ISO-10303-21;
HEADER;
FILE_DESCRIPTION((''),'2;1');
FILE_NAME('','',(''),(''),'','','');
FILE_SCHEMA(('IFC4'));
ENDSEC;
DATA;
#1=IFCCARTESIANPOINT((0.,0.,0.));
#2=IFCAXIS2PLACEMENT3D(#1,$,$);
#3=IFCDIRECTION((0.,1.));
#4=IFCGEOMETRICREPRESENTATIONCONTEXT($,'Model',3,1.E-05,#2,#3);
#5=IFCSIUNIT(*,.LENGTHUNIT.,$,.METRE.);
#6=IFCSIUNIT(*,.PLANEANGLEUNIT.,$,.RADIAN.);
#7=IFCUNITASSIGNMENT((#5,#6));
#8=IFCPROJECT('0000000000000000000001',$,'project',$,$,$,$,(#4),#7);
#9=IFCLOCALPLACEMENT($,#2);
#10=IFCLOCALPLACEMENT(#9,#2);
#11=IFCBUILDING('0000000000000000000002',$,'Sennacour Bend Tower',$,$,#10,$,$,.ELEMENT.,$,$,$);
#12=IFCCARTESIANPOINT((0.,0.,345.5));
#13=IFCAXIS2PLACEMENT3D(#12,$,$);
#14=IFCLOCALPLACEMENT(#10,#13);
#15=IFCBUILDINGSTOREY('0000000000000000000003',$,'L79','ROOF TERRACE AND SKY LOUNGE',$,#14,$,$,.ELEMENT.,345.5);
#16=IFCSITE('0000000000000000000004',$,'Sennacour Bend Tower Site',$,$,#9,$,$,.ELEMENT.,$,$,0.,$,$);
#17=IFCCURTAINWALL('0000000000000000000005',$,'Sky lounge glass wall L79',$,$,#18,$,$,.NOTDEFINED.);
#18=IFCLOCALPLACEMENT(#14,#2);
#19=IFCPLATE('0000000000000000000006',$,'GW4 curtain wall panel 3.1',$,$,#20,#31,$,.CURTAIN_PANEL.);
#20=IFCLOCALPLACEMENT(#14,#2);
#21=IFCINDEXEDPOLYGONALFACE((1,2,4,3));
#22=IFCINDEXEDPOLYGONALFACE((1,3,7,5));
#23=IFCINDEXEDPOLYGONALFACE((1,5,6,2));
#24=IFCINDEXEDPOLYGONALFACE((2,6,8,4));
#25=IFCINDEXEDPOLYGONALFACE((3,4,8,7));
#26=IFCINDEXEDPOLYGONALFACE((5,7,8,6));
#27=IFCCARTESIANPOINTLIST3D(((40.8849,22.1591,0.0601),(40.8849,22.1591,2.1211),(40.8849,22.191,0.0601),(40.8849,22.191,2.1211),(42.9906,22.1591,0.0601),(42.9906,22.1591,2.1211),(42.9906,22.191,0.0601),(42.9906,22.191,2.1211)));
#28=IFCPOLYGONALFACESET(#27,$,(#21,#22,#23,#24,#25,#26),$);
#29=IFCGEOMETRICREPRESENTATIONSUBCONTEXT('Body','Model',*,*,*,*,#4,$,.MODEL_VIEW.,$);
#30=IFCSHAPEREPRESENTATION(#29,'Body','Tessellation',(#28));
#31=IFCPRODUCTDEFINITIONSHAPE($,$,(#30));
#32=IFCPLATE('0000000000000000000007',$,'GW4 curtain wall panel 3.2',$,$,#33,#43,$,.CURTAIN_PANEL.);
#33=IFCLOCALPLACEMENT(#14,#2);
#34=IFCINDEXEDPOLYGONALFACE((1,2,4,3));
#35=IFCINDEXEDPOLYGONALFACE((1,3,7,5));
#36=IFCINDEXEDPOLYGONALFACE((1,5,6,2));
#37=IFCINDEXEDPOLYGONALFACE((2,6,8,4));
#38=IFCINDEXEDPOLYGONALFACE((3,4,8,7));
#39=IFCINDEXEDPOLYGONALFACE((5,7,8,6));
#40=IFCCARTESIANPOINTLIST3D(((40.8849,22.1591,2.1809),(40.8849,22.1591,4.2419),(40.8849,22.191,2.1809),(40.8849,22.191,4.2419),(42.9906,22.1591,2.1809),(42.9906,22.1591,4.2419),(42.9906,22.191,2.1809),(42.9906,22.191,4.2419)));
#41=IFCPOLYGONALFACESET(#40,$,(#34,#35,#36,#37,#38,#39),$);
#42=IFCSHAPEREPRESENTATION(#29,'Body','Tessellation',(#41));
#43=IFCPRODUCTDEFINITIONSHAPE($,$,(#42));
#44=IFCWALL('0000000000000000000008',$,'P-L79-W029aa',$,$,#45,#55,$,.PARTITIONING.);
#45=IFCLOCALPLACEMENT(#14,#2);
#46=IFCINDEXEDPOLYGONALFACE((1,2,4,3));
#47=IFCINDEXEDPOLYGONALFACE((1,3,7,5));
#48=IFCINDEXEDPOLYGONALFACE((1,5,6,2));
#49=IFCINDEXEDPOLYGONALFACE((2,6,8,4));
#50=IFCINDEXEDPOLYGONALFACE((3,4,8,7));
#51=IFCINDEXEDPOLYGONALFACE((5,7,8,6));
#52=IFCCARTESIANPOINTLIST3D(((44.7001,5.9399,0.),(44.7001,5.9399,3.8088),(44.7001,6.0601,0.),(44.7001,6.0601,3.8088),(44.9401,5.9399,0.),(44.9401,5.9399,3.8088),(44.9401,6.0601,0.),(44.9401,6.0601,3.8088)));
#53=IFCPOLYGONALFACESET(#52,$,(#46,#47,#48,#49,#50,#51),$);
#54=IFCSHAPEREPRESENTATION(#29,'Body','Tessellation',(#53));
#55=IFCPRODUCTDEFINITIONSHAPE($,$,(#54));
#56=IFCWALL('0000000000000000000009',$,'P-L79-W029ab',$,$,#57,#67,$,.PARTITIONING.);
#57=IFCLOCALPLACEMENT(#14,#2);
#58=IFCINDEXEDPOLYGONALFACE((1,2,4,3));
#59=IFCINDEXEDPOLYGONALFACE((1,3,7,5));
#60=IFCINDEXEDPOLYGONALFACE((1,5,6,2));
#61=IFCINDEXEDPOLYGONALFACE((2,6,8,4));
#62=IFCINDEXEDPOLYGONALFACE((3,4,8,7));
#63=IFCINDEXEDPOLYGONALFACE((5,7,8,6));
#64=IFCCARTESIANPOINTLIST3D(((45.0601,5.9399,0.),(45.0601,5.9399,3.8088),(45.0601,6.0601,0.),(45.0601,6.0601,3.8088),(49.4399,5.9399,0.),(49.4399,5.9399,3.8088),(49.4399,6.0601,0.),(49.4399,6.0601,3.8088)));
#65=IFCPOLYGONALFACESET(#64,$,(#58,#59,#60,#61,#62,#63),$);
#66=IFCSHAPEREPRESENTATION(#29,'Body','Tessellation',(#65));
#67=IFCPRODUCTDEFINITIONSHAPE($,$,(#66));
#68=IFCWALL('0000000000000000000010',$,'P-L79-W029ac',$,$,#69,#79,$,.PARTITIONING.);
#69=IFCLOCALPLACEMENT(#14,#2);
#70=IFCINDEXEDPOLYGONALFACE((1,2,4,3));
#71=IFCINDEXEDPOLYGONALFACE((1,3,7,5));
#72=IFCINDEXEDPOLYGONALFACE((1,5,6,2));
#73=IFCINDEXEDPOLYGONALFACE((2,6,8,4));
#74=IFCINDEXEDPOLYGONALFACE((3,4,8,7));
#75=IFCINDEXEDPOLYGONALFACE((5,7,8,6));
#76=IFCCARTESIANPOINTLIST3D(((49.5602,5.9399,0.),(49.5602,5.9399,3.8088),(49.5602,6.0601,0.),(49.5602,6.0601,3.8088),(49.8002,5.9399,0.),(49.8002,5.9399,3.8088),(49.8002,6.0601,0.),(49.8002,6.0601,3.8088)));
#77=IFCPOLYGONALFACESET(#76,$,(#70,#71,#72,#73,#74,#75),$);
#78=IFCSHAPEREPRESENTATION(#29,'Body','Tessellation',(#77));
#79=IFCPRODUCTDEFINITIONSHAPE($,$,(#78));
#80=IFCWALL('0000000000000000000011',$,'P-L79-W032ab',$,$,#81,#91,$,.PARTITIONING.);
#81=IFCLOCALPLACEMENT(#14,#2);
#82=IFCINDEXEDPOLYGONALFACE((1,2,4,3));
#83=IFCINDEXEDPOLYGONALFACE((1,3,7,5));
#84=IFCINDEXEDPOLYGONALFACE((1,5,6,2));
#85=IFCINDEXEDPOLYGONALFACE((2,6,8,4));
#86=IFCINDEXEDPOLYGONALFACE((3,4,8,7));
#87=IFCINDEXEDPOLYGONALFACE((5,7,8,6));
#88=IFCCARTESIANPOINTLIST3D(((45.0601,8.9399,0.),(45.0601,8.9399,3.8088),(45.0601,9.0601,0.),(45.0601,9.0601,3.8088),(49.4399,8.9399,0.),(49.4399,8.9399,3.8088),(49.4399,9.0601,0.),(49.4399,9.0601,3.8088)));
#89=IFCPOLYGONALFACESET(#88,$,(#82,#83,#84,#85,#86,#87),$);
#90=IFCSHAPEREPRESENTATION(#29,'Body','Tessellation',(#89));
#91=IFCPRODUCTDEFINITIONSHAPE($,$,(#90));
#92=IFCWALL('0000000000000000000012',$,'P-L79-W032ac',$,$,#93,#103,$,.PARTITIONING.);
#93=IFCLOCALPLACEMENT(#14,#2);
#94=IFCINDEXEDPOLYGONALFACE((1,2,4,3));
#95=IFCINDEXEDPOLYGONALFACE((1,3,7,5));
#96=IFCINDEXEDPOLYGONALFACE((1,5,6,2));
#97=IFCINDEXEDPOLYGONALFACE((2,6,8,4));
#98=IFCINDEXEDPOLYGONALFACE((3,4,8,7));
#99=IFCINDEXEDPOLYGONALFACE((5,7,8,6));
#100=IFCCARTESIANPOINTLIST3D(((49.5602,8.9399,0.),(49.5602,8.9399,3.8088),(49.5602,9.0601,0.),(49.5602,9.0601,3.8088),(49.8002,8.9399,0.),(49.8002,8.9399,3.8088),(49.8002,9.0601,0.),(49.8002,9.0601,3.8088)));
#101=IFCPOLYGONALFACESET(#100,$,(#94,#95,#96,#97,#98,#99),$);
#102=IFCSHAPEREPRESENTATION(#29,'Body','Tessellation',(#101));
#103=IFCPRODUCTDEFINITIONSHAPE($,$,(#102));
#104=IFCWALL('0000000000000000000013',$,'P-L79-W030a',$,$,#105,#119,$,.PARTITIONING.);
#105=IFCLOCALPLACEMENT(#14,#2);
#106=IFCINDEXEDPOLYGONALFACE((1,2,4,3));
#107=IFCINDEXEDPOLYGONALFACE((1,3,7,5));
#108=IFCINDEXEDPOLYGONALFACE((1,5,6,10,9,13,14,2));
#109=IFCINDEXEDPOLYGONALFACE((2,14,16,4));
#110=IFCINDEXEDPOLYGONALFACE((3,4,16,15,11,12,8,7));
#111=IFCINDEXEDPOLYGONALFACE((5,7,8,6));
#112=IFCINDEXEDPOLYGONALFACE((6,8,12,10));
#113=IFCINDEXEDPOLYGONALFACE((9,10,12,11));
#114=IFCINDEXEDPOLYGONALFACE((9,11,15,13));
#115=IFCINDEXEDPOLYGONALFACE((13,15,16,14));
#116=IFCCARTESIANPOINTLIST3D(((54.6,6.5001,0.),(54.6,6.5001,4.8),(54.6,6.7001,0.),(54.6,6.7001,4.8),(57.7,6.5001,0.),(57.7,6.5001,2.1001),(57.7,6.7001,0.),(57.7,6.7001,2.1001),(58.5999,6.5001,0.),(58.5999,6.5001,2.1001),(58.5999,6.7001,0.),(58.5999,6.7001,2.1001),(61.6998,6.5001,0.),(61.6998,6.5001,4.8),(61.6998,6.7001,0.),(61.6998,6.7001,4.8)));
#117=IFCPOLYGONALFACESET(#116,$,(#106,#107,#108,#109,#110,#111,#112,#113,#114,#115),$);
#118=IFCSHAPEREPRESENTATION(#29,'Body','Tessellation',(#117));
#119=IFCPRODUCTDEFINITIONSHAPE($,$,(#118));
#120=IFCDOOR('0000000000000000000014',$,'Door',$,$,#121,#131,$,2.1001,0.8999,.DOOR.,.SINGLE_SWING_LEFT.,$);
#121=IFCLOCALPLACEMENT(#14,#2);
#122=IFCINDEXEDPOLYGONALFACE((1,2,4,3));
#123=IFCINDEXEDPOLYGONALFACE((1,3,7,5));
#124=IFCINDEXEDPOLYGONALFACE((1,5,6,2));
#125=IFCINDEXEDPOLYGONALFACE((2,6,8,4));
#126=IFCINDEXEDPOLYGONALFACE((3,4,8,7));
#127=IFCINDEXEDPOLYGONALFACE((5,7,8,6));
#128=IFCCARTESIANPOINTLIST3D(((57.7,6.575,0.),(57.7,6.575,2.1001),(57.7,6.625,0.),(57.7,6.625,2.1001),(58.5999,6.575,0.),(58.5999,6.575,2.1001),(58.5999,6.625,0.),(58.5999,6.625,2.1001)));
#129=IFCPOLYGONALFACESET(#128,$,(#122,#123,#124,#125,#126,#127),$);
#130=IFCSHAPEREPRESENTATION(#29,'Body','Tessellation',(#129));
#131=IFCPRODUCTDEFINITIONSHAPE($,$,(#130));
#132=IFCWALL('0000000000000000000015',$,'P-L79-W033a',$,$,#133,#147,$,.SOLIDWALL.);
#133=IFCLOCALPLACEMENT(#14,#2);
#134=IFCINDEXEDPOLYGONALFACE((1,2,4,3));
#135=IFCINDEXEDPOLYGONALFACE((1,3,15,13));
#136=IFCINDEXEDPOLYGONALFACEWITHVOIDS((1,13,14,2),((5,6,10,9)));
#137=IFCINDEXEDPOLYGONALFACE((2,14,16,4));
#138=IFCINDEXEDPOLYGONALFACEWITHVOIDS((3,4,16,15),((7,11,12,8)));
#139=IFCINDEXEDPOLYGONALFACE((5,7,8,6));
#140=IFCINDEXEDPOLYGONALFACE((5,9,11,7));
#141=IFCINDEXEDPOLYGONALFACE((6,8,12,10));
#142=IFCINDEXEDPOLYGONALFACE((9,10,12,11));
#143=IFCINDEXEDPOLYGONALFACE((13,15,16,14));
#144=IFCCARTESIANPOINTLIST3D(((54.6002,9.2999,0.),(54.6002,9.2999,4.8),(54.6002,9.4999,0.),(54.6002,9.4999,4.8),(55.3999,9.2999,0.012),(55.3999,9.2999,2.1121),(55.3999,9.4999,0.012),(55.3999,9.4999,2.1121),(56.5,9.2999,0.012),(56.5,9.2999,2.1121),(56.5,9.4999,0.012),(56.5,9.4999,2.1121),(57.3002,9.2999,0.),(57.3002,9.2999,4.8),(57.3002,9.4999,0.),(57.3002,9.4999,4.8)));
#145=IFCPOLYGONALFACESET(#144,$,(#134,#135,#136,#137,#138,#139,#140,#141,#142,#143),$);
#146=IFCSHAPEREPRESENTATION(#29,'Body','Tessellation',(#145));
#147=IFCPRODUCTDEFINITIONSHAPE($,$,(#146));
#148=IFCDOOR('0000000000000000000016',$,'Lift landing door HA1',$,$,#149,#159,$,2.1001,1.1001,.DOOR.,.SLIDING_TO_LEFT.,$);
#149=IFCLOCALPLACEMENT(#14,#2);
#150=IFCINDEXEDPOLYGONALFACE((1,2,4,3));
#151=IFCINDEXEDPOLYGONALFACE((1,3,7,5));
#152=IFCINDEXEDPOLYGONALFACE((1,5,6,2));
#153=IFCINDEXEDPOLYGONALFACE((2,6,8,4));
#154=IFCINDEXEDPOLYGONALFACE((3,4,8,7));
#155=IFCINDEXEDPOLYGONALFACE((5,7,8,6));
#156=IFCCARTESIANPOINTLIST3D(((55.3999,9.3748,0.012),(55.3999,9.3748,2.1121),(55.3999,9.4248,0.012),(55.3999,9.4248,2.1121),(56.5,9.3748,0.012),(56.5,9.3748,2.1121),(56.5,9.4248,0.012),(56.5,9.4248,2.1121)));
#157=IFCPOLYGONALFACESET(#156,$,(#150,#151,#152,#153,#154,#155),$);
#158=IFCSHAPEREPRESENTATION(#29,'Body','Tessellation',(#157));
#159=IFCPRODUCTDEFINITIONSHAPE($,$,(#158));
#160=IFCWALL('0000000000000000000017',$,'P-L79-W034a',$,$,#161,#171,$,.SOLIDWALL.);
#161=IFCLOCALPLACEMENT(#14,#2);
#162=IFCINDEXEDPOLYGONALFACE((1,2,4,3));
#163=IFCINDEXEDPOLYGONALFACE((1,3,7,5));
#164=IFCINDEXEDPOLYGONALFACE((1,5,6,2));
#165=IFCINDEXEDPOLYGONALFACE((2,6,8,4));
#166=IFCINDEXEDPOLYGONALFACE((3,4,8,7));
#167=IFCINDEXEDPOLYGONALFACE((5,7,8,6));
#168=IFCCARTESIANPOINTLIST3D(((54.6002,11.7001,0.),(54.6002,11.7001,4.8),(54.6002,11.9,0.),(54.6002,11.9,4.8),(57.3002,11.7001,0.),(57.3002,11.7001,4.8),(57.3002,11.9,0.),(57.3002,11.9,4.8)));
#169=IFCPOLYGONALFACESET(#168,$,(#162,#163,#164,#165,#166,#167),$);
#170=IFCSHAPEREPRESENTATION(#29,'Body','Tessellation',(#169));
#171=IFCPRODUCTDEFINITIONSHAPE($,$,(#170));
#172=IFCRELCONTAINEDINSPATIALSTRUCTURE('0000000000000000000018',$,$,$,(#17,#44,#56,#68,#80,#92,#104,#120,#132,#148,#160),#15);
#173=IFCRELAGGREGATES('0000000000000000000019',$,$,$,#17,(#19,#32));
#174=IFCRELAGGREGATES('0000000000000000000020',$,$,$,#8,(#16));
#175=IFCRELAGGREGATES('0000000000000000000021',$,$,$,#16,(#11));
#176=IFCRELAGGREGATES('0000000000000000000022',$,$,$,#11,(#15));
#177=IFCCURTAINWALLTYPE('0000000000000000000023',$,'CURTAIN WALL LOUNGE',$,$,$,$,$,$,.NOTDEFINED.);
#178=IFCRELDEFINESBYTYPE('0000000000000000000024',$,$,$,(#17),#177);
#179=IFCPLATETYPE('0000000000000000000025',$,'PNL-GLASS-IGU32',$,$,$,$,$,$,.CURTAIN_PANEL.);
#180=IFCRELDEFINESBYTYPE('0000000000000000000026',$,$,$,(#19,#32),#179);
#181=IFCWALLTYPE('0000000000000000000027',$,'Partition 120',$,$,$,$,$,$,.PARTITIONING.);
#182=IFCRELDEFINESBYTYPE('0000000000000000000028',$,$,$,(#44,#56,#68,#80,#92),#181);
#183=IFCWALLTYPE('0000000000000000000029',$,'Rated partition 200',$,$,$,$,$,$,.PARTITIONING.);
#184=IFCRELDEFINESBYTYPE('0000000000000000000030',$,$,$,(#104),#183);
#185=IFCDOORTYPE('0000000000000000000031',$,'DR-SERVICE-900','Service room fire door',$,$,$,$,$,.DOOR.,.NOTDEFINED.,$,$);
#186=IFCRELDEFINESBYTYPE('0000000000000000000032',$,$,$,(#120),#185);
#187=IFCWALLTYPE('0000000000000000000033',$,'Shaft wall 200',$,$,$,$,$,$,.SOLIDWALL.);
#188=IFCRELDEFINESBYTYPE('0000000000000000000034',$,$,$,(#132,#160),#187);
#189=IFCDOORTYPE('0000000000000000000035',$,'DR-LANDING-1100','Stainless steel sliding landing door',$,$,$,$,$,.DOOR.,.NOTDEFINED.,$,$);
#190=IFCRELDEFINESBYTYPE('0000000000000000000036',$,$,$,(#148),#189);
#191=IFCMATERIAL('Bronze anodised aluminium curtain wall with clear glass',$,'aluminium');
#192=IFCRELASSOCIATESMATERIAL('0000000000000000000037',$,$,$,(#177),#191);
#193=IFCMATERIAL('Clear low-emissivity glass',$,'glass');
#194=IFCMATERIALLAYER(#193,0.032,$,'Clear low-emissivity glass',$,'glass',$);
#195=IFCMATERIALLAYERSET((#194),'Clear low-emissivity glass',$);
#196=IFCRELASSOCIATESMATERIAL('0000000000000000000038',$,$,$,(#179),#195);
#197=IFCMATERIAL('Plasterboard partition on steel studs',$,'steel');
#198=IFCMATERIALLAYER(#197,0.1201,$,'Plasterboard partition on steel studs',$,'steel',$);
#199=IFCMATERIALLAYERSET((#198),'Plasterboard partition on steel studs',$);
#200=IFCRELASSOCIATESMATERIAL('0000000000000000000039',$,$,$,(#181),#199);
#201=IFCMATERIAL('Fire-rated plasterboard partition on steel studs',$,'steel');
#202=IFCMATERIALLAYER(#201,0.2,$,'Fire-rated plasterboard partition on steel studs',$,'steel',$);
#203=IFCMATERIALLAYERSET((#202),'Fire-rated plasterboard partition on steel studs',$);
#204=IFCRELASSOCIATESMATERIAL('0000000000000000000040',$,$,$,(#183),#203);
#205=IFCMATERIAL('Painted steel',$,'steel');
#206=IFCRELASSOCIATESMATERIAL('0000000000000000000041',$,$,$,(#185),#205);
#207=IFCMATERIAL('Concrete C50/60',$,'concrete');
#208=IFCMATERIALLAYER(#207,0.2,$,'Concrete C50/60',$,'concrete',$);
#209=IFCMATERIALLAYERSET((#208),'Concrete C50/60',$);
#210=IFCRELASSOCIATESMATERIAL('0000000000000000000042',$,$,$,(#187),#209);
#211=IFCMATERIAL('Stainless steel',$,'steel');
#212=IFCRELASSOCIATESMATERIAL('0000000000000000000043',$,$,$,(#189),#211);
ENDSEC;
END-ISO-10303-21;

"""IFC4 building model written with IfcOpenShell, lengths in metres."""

from ifc_helpers import new_model, si_unit, direction, frame, frame_2d, origin, origin_2d, place, context, subcontext, project, spatial, rectangle, extrude, material, layer, layer_set, type_object, element, fill, aggregate, save


model = new_model("IFC4")

# Units and contexts
model_context = context("Model", 3, precision=1e-05, world=origin(), true_north=direction((0.0, 1.0)))
body_context = subcontext(model_context, "Body", "Model", "MODEL_VIEW")
ifc_project = project(units=[si_unit("LENGTHUNIT", "METRE"), si_unit("PLANEANGLEUNIT", "RADIAN")], contexts=[model_context])

# Site, building, storey
site_placement = place(None, origin())
site = spatial("IfcSite", under=ifc_project, at=site_placement, Name="Sennacour Bend Tower Site", CompositionType="ELEMENT", RefElevation=0.0)
building_placement = place(site_placement, origin())
building = spatial("IfcBuilding", under=site, at=building_placement, Name="Sennacour Bend Tower", CompositionType="ELEMENT")
storey_placement = place(building_placement, frame((0.0, 0.0, 345.5)))
storey = spatial("IfcBuildingStorey", under=building, at=storey_placement, Name="L79", Description="ROOF TERRACE AND SKY LOUNGE", CompositionType="ELEMENT", Elevation=345.5)

# Curtain wall, plates
ifc_material_1 = material(Name="Bronze anodised aluminium curtain wall with clear glass", Category="aluminium")
curtain_wall_type = type_object("IfcCurtainWallType", Name="CURTAIN WALL LOUNGE", PredefinedType="NOTDEFINED", material=ifc_material_1)
curtain_wall_placement = place(storey_placement, origin())
curtain_wall = element("IfcCurtainWall", 1, at=curtain_wall_placement, inside=storey, type_object=curtain_wall_type, Name="Sky lounge glass wall L79", PredefinedType="NOTDEFINED")
ifc_material_2 = material(Name="Clear low-emissivity glass", Category="glass")
ifc_layer_1 = layer(ifc_material_2, 0.032, Name="Clear low-emissivity glass", Category="glass")
ifc_layer_set_1 = layer_set([ifc_layer_1], Name="Clear low-emissivity glass")
plate_type = type_object("IfcPlateType", Name="PNL-GLASS-IGU32", PredefinedType="CURTAIN_PANEL", material=ifc_layer_set_1)
plate_1_placement = place(storey_placement, frame((41.9377, 22.175, 0.0601), z_axis=(0.0, 0.0, 1.0), x_axis=(-1.0, 0.0, 0.0)))
plate_1 = element("IfcPlate", 2, at=plate_1_placement, type_object=plate_type, Name="GW4 curtain wall panel 3.1", PredefinedType="CURTAIN_PANEL", context=body_context, shape_type="SweptSolid", body=[
    extrude(rectangle(XDim=2.1057, YDim=0.032, at=origin_2d()), origin(), (0.0, 0.0, 1.0), 2.061),
])
plate_2_placement = place(storey_placement, frame((41.9377, 22.175, 2.1809), z_axis=(0.0, 0.0, 1.0), x_axis=(-1.0, 0.0, 0.0)))
plate_2 = element("IfcPlate", 3, at=plate_2_placement, type_object=plate_type, Name="GW4 curtain wall panel 3.2", PredefinedType="CURTAIN_PANEL", context=body_context, shape_type="SweptSolid", body=[
    extrude(rectangle(XDim=2.1057, YDim=0.032, at=origin_2d()), origin(), (0.0, 0.0, 1.0), 2.061),
])
aggregate(curtain_wall, [plate_1, plate_2])

# Walls
ifc_material_3 = material(Name="Plasterboard partition on steel studs", Category="steel")
ifc_layer_2 = layer(ifc_material_3, 0.1201, Name="Plasterboard partition on steel studs", Category="steel")
ifc_layer_set_2 = layer_set([ifc_layer_2], Name="Plasterboard partition on steel studs")
wall_type_1 = type_object("IfcWallType", Name="Partition 120", PredefinedType="PARTITIONING", material=ifc_layer_set_2)
wall_1_placement = place(storey_placement, frame((44.7, 6.0, 0.0), z_axis=(0.0, 0.0, 1.0), x_axis=(1.0, 0.0, 0.0)))
element("IfcWall", 4, at=wall_1_placement, inside=storey, type_object=wall_type_1, Name="P-L79-W029aa", PredefinedType="PARTITIONING", context=body_context, shape_type="SweptSolid", body=[
    extrude(rectangle(XDim=0.24, YDim=0.1201, at=frame_2d((0.1201, 0.0))), origin(), (0.0, 0.0, 1.0), 3.8088),
])
wall_2_placement = place(storey_placement, frame((45.0601, 6.0, 0.0), z_axis=(0.0, 0.0, 1.0), x_axis=(1.0, 0.0, 0.0)))
element("IfcWall", 5, at=wall_2_placement, inside=storey, type_object=wall_type_1, Name="P-L79-W029ab", PredefinedType="PARTITIONING", context=body_context, shape_type="SweptSolid", body=[
    extrude(rectangle(XDim=4.3799, YDim=0.1201, at=frame_2d((2.1899, 0.0))), origin(), (0.0, 0.0, 1.0), 3.8088),
])
wall_3_placement = place(storey_placement, frame((49.5601, 6.0, 0.0), z_axis=(0.0, 0.0, 1.0), x_axis=(1.0, 0.0, 0.0)))
element("IfcWall", 6, at=wall_3_placement, inside=storey, type_object=wall_type_1, Name="P-L79-W029ac", PredefinedType="PARTITIONING", context=body_context, shape_type="SweptSolid", body=[
    extrude(rectangle(XDim=0.24, YDim=0.1201, at=frame_2d((0.1201, 0.0))), origin(), (0.0, 0.0, 1.0), 3.8088),
])
wall_4_placement = place(storey_placement, frame((45.0601, 9.0, 0.0), z_axis=(0.0, 0.0, 1.0), x_axis=(1.0, 0.0, 0.0)))
element("IfcWall", 7, at=wall_4_placement, inside=storey, type_object=wall_type_1, Name="P-L79-W032ab", PredefinedType="PARTITIONING", context=body_context, shape_type="SweptSolid", body=[
    extrude(rectangle(XDim=4.3799, YDim=0.1201, at=frame_2d((2.1899, 0.0))), origin(), (0.0, 0.0, 1.0), 3.8088),
])
wall_5_placement = place(storey_placement, frame((49.5601, 9.0, 0.0), z_axis=(0.0, 0.0, 1.0), x_axis=(1.0, 0.0, 0.0)))
element("IfcWall", 8, at=wall_5_placement, inside=storey, type_object=wall_type_1, Name="P-L79-W032ac", PredefinedType="PARTITIONING", context=body_context, shape_type="SweptSolid", body=[
    extrude(rectangle(XDim=0.24, YDim=0.1201, at=frame_2d((0.1201, 0.0))), origin(), (0.0, 0.0, 1.0), 3.8088),
])

# Walls, openings, doors
ifc_material_4 = material(Name="Fire-rated plasterboard partition on steel studs", Category="steel")
ifc_layer_3 = layer(ifc_material_4, 0.2, Name="Fire-rated plasterboard partition on steel studs", Category="steel")
ifc_layer_set_3 = layer_set([ifc_layer_3], Name="Fire-rated plasterboard partition on steel studs")
wall_type_2 = type_object("IfcWallType", Name="Rated partition 200", PredefinedType="PARTITIONING", material=ifc_layer_set_3)
wall_6_placement = place(storey_placement, frame((54.6001, 6.6001, 0.0), z_axis=(0.0, 0.0, 1.0), x_axis=(1.0, 0.0, 0.0)))
wall_6 = element("IfcWall", 9, at=wall_6_placement, inside=storey, type_object=wall_type_2, Name="P-L79-W030a", PredefinedType="PARTITIONING", context=body_context, shape_type="SweptSolid", body=[
    extrude(rectangle(XDim=7.0999, YDim=0.2, at=frame_2d((3.5498, 0.0))), origin(), (0.0, 0.0, 1.0), 4.8),
])
opening_1_placement = place(wall_6_placement, frame((3.0999, 0.0, 0.0)))
opening_1 = element("IfcOpeningElement", 10, at=opening_1_placement, cuts=wall_6, PredefinedType="OPENING", context=body_context, shape_type="SweptSolid", body=[
    extrude(rectangle(XDim=0.8999, YDim=2.1001, at=frame_2d((0.45, 1.05))), frame((0.0, 0.1099, 0.0), z_axis=(0.0, -1.0, 0.0), x_axis=(1.0, 0.0, 0.0)), (0.0, 0.0, 1.0), 0.22),
])
ifc_material_5 = material(Name="Painted steel", Category="steel")
door_type_1 = type_object("IfcDoorType", Name="DR-SERVICE-900", Description="Service room fire door", OperationType="NOTDEFINED", PredefinedType="DOOR", material=ifc_material_5)
door_1_placement = place(opening_1_placement, origin())
door_1 = element("IfcDoor", 11, at=door_1_placement, inside=storey, type_object=door_type_1, Name="Door", OperationType="SINGLE_SWING_LEFT", OverallHeight=2.1001, OverallWidth=0.8999, PredefinedType="DOOR", context=body_context, shape_type="SweptSolid", body=[
    extrude(rectangle(XDim=0.8999, YDim=2.1001, at=frame_2d((0.45, 1.05))), frame((0.0, 0.0249, 0.0), z_axis=(0.0, -1.0, 0.0), x_axis=(1.0, 0.0, 0.0)), (0.0, 0.0, 1.0), 0.05),
])
fill(opening_1, door_1)
ifc_material_6 = material(Name="Concrete C50/60", Category="concrete")
ifc_layer_4 = layer(ifc_material_6, 0.2, Name="Concrete C50/60", Category="concrete")
ifc_layer_set_4 = layer_set([ifc_layer_4], Name="Concrete C50/60")
wall_type_3 = type_object("IfcWallType", Name="Shaft wall 200", PredefinedType="SOLIDWALL", material=ifc_layer_set_4)
wall_7_placement = place(storey_placement, frame((54.6001, 9.3999, 0.0), z_axis=(0.0, 0.0, 1.0), x_axis=(1.0, 0.0, 0.0)))
wall_7 = element("IfcWall", 12, at=wall_7_placement, inside=storey, type_object=wall_type_3, Name="P-L79-W033a", PredefinedType="SOLIDWALL", context=body_context, shape_type="SweptSolid", body=[
    extrude(rectangle(XDim=2.7, YDim=0.2, at=frame_2d((1.3501, 0.0))), origin(), (0.0, 0.0, 1.0), 4.8),
])
opening_2_placement = place(wall_7_placement, frame((0.7998, 0.0, 0.012)))
opening_2 = element("IfcOpeningElement", 13, at=opening_2_placement, cuts=wall_7, PredefinedType="OPENING", context=body_context, shape_type="SweptSolid", body=[
    extrude(rectangle(XDim=1.1001, YDim=2.1001, at=frame_2d((0.55, 1.05))), frame((0.0, 0.1099, 0.0), z_axis=(0.0, -1.0, 0.0), x_axis=(1.0, 0.0, 0.0)), (0.0, 0.0, 1.0), 0.22),
])
ifc_material_7 = material(Name="Stainless steel", Category="steel")
door_type_2 = type_object("IfcDoorType", Name="DR-LANDING-1100", Description="Stainless steel sliding landing door", OperationType="NOTDEFINED", PredefinedType="DOOR", material=ifc_material_7)
door_2_placement = place(opening_2_placement, origin())
door_2 = element("IfcDoor", 14, at=door_2_placement, inside=storey, type_object=door_type_2, Name="Lift landing door HA1", OperationType="SLIDING_TO_LEFT", OverallHeight=2.1001, OverallWidth=1.1001, PredefinedType="DOOR", context=body_context, shape_type="SweptSolid", body=[
    extrude(rectangle(XDim=1.1001, YDim=2.1001, at=frame_2d((0.55, 1.05))), frame((0.0, 0.0249, 0.0), z_axis=(0.0, -1.0, 0.0), x_axis=(1.0, 0.0, 0.0)), (0.0, 0.0, 1.0), 0.05),
])
fill(opening_2, door_2)

# Wall
wall_8_placement = place(storey_placement, frame((54.6001, 11.8, 0.0), z_axis=(0.0, 0.0, 1.0), x_axis=(1.0, 0.0, 0.0)))
element("IfcWall", 15, at=wall_8_placement, inside=storey, type_object=wall_type_3, Name="P-L79-W034a", PredefinedType="SOLIDWALL", context=body_context, shape_type="SweptSolid", body=[
    extrude(rectangle(XDim=2.7, YDim=0.2, at=frame_2d((1.3501, 0.0))), origin(), (0.0, 0.0, 1.0), 4.8),
])

save(model, "model.ifc")
